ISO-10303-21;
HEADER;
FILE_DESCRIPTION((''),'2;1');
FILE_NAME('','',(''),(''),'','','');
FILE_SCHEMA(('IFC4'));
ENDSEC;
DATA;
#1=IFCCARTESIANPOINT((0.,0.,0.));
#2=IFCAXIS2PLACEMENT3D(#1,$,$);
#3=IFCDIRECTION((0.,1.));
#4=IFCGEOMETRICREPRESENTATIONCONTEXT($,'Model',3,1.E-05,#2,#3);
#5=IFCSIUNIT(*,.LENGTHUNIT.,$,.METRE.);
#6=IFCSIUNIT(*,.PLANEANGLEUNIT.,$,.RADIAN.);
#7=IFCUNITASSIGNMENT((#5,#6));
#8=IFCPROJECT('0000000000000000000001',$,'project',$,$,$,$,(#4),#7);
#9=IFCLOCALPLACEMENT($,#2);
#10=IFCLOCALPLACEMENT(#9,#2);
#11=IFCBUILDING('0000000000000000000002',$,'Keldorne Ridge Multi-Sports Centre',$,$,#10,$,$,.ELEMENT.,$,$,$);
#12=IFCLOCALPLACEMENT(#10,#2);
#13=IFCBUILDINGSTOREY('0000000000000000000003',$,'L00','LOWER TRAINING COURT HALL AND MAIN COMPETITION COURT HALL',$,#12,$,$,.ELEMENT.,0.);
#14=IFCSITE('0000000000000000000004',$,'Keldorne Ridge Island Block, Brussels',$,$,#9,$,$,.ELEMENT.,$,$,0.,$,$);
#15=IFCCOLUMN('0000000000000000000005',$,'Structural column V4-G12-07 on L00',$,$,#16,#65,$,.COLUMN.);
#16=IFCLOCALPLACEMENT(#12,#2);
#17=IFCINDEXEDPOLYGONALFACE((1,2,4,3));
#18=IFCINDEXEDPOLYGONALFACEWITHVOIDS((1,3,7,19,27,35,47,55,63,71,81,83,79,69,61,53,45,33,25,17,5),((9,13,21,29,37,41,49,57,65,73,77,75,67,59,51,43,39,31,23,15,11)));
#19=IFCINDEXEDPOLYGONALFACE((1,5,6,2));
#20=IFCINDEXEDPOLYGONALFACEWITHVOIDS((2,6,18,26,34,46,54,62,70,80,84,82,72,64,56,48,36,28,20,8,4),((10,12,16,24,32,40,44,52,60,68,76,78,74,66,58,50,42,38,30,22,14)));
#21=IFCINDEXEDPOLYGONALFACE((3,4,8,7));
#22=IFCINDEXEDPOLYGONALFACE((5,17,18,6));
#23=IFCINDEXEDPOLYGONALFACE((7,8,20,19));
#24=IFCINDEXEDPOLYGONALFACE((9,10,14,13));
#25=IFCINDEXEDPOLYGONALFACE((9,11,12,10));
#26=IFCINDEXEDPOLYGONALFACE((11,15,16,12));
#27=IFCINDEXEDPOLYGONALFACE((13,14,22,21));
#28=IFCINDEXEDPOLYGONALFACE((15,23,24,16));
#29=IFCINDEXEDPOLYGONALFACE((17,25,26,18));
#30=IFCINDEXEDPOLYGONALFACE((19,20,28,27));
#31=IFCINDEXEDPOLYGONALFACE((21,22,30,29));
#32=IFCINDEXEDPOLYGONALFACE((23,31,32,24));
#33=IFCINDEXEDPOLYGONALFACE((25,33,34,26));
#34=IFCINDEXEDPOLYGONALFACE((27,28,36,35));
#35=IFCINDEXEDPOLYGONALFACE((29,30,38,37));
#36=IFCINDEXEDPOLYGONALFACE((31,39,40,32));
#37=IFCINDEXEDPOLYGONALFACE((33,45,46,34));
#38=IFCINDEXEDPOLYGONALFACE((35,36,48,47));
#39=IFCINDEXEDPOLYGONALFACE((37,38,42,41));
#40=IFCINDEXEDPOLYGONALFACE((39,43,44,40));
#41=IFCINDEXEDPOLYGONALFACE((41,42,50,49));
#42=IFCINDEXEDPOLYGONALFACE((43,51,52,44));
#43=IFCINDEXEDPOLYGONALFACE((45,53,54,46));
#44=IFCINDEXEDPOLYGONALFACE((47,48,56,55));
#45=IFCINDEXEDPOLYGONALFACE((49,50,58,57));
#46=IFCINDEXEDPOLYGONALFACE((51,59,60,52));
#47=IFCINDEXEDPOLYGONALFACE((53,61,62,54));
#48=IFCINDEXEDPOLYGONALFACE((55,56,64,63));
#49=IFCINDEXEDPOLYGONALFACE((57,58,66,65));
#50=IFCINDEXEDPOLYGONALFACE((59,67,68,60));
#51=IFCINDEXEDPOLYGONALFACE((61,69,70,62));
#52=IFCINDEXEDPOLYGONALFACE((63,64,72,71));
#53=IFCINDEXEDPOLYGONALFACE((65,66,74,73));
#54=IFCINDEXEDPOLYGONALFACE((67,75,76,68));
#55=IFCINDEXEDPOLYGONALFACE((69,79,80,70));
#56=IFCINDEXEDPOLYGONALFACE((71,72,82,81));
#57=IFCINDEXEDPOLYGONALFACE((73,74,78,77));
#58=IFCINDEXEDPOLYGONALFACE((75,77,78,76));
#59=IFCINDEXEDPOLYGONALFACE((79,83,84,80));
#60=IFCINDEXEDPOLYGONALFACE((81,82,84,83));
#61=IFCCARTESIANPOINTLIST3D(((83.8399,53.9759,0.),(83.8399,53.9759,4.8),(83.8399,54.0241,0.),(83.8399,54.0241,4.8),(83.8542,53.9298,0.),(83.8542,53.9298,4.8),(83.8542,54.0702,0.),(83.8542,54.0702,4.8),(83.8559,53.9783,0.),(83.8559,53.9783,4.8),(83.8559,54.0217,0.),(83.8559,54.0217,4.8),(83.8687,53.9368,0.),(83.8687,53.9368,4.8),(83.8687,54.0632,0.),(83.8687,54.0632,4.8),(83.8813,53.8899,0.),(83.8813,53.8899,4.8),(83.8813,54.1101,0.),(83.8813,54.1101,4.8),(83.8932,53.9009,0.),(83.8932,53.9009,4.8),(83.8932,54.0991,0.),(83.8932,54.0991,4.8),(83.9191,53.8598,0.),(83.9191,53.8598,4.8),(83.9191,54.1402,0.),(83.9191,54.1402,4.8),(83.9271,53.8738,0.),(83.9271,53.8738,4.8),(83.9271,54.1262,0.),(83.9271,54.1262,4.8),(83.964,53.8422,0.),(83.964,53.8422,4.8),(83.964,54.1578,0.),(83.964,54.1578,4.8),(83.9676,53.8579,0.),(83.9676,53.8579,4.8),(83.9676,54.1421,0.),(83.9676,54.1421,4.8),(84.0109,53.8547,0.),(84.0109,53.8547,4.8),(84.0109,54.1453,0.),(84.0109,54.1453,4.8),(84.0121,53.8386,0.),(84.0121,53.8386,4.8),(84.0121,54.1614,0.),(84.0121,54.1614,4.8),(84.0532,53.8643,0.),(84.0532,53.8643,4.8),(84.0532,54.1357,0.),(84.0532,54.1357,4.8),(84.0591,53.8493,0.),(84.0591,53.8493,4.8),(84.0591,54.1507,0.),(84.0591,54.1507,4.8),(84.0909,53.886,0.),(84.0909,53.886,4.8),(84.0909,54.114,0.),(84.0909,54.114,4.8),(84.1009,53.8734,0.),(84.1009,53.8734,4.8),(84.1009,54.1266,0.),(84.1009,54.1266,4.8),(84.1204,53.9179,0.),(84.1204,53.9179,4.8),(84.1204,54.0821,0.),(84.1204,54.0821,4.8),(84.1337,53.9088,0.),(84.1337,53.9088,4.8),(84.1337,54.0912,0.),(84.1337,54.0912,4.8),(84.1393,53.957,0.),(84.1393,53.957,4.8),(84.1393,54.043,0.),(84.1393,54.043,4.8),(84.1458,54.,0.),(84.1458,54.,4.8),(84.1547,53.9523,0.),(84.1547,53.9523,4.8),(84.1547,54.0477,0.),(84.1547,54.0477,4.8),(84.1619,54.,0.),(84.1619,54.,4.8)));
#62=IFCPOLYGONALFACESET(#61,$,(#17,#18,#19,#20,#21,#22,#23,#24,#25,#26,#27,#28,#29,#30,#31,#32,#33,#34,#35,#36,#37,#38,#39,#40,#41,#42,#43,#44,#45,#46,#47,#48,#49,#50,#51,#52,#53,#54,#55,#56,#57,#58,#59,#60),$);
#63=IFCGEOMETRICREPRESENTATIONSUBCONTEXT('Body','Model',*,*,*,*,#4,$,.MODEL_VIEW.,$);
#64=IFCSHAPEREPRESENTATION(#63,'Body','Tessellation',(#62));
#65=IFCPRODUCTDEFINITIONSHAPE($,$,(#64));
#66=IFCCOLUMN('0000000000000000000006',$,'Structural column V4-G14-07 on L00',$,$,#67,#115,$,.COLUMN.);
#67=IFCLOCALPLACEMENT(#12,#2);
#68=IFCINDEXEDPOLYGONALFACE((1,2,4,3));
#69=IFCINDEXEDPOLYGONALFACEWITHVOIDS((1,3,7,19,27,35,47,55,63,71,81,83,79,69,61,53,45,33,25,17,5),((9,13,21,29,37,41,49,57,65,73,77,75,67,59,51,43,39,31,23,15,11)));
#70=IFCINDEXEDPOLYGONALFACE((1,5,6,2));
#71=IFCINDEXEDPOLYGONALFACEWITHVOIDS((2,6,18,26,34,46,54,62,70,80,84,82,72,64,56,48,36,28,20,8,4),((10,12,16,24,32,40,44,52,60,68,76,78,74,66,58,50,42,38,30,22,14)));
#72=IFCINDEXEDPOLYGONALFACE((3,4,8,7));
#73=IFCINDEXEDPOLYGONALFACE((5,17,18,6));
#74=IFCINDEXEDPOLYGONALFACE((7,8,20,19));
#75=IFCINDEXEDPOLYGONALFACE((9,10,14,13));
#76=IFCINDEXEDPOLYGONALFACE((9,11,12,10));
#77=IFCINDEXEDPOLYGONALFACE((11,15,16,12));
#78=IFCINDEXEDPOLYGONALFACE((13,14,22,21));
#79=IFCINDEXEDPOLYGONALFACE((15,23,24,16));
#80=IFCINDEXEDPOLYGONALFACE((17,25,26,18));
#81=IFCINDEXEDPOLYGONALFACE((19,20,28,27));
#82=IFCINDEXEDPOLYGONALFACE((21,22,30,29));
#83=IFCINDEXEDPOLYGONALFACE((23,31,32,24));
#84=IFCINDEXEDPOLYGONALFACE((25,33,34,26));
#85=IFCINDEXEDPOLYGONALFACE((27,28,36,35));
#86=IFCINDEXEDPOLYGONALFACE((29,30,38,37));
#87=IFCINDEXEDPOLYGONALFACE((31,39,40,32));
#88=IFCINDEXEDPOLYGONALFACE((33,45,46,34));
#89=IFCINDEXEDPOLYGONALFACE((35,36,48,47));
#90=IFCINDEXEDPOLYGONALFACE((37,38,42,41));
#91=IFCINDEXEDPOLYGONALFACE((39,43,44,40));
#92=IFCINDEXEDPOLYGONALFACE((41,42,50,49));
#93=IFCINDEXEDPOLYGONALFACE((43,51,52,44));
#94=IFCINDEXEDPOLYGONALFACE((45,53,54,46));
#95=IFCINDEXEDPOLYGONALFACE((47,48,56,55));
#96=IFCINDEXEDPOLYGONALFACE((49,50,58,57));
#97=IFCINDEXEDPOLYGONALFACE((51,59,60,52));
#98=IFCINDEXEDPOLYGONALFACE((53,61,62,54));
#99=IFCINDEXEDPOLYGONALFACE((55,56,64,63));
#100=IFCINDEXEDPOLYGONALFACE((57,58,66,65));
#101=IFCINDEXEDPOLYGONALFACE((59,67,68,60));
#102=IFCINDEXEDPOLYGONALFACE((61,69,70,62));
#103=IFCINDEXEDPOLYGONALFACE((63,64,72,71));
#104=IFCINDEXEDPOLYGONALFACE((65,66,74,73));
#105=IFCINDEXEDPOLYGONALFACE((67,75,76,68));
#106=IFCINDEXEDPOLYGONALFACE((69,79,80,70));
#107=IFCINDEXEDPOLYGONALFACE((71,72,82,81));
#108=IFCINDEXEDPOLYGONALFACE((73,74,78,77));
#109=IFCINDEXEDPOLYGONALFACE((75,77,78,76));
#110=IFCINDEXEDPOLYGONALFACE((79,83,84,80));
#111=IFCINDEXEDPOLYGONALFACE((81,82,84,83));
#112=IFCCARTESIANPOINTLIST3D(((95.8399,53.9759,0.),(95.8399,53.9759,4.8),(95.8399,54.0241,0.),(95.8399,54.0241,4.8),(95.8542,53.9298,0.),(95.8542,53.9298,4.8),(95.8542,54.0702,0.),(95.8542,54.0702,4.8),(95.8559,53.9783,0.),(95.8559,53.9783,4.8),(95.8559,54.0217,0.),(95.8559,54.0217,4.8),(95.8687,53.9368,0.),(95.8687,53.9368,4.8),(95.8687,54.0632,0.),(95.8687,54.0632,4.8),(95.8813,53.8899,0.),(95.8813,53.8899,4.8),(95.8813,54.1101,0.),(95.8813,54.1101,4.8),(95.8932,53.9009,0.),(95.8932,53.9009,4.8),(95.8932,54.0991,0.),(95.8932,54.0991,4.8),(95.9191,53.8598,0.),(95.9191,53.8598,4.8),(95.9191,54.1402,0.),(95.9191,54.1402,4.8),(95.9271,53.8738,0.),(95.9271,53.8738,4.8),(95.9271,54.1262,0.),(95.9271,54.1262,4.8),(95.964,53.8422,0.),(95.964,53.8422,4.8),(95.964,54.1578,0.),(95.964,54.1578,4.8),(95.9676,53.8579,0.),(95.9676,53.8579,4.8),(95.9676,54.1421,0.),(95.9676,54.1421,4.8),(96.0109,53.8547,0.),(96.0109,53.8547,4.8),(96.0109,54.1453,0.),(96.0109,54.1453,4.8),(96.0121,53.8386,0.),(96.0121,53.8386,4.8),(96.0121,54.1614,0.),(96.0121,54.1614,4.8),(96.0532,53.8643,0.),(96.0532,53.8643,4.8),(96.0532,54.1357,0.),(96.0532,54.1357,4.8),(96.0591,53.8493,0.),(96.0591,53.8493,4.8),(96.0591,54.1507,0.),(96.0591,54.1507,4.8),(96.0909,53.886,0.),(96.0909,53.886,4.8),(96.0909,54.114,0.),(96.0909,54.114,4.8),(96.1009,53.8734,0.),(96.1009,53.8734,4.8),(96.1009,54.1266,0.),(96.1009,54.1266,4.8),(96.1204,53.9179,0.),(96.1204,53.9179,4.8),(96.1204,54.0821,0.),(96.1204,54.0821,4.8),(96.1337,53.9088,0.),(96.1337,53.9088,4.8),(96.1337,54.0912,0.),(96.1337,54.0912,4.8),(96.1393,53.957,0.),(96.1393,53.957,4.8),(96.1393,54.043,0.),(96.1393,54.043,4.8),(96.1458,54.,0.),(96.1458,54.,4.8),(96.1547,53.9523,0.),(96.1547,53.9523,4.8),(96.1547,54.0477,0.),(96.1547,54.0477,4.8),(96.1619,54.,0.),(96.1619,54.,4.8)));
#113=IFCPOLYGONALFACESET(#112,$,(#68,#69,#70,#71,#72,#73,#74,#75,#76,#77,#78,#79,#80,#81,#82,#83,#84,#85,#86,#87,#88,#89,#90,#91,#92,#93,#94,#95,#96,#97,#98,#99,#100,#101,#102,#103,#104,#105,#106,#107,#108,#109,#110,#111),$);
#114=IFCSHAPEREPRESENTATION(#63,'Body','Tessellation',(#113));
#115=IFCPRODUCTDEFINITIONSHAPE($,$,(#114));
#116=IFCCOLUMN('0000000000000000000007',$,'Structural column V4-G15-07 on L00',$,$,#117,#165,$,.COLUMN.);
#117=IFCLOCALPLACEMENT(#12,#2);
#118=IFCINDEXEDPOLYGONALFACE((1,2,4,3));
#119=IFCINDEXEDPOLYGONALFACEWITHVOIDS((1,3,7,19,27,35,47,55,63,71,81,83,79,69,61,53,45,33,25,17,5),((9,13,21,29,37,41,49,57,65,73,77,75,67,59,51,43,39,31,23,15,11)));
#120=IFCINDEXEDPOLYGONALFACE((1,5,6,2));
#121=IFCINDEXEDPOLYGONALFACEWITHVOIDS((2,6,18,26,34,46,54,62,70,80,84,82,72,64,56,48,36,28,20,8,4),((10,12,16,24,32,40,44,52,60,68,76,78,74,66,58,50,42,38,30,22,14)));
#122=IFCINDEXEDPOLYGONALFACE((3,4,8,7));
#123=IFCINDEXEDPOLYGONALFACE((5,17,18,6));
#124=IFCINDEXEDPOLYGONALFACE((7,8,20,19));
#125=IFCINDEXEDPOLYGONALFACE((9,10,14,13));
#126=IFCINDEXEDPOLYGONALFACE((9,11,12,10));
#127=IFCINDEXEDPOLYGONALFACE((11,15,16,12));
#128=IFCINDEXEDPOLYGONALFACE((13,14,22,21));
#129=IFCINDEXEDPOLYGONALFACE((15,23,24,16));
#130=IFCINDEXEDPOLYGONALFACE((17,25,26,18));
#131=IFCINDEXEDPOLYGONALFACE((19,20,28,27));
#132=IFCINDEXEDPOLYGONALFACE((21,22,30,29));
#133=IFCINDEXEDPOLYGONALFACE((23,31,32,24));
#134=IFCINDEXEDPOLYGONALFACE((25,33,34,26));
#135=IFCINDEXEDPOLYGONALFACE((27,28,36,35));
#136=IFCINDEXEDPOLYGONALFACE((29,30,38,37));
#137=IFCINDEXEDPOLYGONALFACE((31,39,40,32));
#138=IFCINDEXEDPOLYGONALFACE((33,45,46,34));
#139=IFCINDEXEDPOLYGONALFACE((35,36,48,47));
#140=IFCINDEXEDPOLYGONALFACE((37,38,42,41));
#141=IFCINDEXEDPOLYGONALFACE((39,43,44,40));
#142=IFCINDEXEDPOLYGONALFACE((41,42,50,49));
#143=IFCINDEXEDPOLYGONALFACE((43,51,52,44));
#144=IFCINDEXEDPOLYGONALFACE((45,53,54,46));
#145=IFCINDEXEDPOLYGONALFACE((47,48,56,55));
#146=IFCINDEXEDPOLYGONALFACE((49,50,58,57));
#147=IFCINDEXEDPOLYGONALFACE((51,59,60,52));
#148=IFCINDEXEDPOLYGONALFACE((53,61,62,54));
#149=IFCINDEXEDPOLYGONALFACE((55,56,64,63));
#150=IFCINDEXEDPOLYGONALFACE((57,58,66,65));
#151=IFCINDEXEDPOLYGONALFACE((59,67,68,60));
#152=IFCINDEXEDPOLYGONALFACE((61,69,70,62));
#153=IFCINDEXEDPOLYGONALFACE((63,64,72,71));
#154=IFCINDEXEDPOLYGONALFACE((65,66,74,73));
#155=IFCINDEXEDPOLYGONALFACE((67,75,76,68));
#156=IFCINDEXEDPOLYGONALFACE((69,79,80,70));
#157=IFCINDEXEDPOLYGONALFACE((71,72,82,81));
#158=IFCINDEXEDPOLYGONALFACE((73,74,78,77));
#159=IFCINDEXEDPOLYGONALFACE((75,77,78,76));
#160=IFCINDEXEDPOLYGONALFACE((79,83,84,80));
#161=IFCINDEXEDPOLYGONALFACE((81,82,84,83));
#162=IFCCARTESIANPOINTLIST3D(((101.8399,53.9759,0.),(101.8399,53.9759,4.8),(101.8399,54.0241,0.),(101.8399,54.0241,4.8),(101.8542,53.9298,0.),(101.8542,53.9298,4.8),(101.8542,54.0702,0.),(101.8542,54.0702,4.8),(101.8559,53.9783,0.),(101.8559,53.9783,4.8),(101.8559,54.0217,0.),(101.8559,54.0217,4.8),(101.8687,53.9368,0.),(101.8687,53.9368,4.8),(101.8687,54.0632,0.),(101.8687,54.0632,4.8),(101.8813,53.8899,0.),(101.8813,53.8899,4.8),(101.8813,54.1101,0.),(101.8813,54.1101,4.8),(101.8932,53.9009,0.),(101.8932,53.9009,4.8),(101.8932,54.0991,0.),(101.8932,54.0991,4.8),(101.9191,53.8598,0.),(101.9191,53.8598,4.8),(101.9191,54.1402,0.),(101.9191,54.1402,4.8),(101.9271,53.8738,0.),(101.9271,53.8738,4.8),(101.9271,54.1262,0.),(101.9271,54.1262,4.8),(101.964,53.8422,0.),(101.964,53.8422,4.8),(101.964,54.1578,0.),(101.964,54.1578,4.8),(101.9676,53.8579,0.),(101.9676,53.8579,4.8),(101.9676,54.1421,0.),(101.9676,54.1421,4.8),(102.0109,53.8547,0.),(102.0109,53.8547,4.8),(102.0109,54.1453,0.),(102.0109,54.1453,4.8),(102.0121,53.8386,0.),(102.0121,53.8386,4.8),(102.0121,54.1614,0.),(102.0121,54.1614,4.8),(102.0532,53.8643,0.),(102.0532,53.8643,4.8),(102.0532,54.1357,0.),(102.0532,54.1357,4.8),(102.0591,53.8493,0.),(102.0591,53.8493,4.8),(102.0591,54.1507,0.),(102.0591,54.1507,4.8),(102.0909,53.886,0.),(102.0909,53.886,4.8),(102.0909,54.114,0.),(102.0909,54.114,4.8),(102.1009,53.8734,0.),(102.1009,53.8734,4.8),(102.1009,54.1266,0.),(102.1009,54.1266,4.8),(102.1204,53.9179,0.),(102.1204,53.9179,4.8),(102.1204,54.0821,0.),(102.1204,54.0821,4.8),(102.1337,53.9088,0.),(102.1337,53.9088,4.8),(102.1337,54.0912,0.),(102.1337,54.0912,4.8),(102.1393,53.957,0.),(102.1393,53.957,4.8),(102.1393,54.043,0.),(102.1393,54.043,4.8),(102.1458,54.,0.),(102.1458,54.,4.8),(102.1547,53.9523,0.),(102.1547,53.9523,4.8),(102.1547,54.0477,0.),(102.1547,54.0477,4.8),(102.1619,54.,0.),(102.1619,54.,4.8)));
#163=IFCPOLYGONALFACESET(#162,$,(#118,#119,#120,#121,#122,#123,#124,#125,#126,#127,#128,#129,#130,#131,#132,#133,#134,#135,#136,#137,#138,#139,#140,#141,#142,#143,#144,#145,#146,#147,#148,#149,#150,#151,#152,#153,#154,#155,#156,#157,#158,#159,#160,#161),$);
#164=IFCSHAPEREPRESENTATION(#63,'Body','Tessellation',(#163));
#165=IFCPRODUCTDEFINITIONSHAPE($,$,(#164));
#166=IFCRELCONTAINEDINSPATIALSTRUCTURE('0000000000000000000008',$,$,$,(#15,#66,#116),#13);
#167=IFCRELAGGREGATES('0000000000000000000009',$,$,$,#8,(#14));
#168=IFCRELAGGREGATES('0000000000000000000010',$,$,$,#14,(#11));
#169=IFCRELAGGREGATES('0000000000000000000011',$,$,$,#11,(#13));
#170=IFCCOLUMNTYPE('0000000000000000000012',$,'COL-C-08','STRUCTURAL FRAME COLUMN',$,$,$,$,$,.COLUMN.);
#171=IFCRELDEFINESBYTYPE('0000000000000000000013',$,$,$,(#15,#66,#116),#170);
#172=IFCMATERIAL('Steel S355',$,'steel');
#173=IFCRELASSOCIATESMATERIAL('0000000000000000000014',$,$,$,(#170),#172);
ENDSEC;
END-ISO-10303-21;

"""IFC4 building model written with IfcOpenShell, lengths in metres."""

from ifc_helpers import new_model, si_unit, direction, frame, origin, origin_2d, place, context, subcontext, project, spatial, hollow_circle, extrude, material, material_profile, profile_set, type_object, element, save


model = new_model("IFC4")

# Units and contexts
model_context = context("Model", 3, precision=1e-05, world=origin(), true_north=direction((0.0, 1.0)))
body_context = subcontext(model_context, "Body", "Model", "MODEL_VIEW")
ifc_project = project(units=[si_unit("LENGTHUNIT", "METRE"), si_unit("PLANEANGLEUNIT", "RADIAN")], contexts=[model_context])

# Site, building, storey
site_placement = place(None, origin())
site = spatial("IfcSite", under=ifc_project, at=site_placement, Name="Keldorne Ridge Island Block, Brussels", CompositionType="ELEMENT", RefElevation=0.0)
building_placement = place(site_placement, origin())
building = spatial("IfcBuilding", under=site, at=building_placement, Name="Keldorne Ridge Multi-Sports Centre", CompositionType="ELEMENT")
storey_placement = place(building_placement, origin())
storey = spatial("IfcBuildingStorey", under=building, at=storey_placement, Name="L00", Description="LOWER TRAINING COURT HALL AND MAIN COMPETITION COURT HALL", CompositionType="ELEMENT", Elevation=0.0)

# Columns
ifc_material_1 = material(Name="Steel S355", Category="steel")
ifc_material_profile_1 = material_profile(ifc_material_1, hollow_circle(Radius=0.1619, WallThickness=0.0161, at=origin_2d()), Name="CHS 323.9x16")
ifc_profile_set_1 = profile_set([ifc_material_profile_1], Name="Steel S355")
column_type_1 = type_object("IfcColumnType", Name="COL-C-08", Description="STRUCTURAL FRAME COLUMN", PredefinedType="COLUMN", material=ifc_profile_set_1)
for number, where, z_axis, x_axis, name in (
    (1, (84.0, 54.0, 0.0), (0.0, 0.0, 1.0), (1.0, 0.0, 0.0), "Structural column V4-G12-07 on L00"),
    (2, (96.0, 54.0, 0.0), (0.0, 0.0, 1.0), (1.0, 0.0, 0.0), "Structural column V4-G14-07 on L00"),
    (3, (102.0, 54.0, 0.0), (0.0, 0.0, 1.0), (1.0, 0.0, 0.0), "Structural column V4-G15-07 on L00"),
):
    element("IfcColumn", number, at=place(storey_placement, frame(where, z_axis=z_axis, x_axis=x_axis)), inside=storey, type_object=column_type_1, Name=name, PredefinedType="COLUMN", context=body_context, shape_type="SweptSolid", body=[
        extrude(hollow_circle(Radius=0.1619, WallThickness=0.0161, at=origin_2d()), origin(), (0.0, 0.0, 1.0), 4.8),
    ])

save(model, "model.ifc")
